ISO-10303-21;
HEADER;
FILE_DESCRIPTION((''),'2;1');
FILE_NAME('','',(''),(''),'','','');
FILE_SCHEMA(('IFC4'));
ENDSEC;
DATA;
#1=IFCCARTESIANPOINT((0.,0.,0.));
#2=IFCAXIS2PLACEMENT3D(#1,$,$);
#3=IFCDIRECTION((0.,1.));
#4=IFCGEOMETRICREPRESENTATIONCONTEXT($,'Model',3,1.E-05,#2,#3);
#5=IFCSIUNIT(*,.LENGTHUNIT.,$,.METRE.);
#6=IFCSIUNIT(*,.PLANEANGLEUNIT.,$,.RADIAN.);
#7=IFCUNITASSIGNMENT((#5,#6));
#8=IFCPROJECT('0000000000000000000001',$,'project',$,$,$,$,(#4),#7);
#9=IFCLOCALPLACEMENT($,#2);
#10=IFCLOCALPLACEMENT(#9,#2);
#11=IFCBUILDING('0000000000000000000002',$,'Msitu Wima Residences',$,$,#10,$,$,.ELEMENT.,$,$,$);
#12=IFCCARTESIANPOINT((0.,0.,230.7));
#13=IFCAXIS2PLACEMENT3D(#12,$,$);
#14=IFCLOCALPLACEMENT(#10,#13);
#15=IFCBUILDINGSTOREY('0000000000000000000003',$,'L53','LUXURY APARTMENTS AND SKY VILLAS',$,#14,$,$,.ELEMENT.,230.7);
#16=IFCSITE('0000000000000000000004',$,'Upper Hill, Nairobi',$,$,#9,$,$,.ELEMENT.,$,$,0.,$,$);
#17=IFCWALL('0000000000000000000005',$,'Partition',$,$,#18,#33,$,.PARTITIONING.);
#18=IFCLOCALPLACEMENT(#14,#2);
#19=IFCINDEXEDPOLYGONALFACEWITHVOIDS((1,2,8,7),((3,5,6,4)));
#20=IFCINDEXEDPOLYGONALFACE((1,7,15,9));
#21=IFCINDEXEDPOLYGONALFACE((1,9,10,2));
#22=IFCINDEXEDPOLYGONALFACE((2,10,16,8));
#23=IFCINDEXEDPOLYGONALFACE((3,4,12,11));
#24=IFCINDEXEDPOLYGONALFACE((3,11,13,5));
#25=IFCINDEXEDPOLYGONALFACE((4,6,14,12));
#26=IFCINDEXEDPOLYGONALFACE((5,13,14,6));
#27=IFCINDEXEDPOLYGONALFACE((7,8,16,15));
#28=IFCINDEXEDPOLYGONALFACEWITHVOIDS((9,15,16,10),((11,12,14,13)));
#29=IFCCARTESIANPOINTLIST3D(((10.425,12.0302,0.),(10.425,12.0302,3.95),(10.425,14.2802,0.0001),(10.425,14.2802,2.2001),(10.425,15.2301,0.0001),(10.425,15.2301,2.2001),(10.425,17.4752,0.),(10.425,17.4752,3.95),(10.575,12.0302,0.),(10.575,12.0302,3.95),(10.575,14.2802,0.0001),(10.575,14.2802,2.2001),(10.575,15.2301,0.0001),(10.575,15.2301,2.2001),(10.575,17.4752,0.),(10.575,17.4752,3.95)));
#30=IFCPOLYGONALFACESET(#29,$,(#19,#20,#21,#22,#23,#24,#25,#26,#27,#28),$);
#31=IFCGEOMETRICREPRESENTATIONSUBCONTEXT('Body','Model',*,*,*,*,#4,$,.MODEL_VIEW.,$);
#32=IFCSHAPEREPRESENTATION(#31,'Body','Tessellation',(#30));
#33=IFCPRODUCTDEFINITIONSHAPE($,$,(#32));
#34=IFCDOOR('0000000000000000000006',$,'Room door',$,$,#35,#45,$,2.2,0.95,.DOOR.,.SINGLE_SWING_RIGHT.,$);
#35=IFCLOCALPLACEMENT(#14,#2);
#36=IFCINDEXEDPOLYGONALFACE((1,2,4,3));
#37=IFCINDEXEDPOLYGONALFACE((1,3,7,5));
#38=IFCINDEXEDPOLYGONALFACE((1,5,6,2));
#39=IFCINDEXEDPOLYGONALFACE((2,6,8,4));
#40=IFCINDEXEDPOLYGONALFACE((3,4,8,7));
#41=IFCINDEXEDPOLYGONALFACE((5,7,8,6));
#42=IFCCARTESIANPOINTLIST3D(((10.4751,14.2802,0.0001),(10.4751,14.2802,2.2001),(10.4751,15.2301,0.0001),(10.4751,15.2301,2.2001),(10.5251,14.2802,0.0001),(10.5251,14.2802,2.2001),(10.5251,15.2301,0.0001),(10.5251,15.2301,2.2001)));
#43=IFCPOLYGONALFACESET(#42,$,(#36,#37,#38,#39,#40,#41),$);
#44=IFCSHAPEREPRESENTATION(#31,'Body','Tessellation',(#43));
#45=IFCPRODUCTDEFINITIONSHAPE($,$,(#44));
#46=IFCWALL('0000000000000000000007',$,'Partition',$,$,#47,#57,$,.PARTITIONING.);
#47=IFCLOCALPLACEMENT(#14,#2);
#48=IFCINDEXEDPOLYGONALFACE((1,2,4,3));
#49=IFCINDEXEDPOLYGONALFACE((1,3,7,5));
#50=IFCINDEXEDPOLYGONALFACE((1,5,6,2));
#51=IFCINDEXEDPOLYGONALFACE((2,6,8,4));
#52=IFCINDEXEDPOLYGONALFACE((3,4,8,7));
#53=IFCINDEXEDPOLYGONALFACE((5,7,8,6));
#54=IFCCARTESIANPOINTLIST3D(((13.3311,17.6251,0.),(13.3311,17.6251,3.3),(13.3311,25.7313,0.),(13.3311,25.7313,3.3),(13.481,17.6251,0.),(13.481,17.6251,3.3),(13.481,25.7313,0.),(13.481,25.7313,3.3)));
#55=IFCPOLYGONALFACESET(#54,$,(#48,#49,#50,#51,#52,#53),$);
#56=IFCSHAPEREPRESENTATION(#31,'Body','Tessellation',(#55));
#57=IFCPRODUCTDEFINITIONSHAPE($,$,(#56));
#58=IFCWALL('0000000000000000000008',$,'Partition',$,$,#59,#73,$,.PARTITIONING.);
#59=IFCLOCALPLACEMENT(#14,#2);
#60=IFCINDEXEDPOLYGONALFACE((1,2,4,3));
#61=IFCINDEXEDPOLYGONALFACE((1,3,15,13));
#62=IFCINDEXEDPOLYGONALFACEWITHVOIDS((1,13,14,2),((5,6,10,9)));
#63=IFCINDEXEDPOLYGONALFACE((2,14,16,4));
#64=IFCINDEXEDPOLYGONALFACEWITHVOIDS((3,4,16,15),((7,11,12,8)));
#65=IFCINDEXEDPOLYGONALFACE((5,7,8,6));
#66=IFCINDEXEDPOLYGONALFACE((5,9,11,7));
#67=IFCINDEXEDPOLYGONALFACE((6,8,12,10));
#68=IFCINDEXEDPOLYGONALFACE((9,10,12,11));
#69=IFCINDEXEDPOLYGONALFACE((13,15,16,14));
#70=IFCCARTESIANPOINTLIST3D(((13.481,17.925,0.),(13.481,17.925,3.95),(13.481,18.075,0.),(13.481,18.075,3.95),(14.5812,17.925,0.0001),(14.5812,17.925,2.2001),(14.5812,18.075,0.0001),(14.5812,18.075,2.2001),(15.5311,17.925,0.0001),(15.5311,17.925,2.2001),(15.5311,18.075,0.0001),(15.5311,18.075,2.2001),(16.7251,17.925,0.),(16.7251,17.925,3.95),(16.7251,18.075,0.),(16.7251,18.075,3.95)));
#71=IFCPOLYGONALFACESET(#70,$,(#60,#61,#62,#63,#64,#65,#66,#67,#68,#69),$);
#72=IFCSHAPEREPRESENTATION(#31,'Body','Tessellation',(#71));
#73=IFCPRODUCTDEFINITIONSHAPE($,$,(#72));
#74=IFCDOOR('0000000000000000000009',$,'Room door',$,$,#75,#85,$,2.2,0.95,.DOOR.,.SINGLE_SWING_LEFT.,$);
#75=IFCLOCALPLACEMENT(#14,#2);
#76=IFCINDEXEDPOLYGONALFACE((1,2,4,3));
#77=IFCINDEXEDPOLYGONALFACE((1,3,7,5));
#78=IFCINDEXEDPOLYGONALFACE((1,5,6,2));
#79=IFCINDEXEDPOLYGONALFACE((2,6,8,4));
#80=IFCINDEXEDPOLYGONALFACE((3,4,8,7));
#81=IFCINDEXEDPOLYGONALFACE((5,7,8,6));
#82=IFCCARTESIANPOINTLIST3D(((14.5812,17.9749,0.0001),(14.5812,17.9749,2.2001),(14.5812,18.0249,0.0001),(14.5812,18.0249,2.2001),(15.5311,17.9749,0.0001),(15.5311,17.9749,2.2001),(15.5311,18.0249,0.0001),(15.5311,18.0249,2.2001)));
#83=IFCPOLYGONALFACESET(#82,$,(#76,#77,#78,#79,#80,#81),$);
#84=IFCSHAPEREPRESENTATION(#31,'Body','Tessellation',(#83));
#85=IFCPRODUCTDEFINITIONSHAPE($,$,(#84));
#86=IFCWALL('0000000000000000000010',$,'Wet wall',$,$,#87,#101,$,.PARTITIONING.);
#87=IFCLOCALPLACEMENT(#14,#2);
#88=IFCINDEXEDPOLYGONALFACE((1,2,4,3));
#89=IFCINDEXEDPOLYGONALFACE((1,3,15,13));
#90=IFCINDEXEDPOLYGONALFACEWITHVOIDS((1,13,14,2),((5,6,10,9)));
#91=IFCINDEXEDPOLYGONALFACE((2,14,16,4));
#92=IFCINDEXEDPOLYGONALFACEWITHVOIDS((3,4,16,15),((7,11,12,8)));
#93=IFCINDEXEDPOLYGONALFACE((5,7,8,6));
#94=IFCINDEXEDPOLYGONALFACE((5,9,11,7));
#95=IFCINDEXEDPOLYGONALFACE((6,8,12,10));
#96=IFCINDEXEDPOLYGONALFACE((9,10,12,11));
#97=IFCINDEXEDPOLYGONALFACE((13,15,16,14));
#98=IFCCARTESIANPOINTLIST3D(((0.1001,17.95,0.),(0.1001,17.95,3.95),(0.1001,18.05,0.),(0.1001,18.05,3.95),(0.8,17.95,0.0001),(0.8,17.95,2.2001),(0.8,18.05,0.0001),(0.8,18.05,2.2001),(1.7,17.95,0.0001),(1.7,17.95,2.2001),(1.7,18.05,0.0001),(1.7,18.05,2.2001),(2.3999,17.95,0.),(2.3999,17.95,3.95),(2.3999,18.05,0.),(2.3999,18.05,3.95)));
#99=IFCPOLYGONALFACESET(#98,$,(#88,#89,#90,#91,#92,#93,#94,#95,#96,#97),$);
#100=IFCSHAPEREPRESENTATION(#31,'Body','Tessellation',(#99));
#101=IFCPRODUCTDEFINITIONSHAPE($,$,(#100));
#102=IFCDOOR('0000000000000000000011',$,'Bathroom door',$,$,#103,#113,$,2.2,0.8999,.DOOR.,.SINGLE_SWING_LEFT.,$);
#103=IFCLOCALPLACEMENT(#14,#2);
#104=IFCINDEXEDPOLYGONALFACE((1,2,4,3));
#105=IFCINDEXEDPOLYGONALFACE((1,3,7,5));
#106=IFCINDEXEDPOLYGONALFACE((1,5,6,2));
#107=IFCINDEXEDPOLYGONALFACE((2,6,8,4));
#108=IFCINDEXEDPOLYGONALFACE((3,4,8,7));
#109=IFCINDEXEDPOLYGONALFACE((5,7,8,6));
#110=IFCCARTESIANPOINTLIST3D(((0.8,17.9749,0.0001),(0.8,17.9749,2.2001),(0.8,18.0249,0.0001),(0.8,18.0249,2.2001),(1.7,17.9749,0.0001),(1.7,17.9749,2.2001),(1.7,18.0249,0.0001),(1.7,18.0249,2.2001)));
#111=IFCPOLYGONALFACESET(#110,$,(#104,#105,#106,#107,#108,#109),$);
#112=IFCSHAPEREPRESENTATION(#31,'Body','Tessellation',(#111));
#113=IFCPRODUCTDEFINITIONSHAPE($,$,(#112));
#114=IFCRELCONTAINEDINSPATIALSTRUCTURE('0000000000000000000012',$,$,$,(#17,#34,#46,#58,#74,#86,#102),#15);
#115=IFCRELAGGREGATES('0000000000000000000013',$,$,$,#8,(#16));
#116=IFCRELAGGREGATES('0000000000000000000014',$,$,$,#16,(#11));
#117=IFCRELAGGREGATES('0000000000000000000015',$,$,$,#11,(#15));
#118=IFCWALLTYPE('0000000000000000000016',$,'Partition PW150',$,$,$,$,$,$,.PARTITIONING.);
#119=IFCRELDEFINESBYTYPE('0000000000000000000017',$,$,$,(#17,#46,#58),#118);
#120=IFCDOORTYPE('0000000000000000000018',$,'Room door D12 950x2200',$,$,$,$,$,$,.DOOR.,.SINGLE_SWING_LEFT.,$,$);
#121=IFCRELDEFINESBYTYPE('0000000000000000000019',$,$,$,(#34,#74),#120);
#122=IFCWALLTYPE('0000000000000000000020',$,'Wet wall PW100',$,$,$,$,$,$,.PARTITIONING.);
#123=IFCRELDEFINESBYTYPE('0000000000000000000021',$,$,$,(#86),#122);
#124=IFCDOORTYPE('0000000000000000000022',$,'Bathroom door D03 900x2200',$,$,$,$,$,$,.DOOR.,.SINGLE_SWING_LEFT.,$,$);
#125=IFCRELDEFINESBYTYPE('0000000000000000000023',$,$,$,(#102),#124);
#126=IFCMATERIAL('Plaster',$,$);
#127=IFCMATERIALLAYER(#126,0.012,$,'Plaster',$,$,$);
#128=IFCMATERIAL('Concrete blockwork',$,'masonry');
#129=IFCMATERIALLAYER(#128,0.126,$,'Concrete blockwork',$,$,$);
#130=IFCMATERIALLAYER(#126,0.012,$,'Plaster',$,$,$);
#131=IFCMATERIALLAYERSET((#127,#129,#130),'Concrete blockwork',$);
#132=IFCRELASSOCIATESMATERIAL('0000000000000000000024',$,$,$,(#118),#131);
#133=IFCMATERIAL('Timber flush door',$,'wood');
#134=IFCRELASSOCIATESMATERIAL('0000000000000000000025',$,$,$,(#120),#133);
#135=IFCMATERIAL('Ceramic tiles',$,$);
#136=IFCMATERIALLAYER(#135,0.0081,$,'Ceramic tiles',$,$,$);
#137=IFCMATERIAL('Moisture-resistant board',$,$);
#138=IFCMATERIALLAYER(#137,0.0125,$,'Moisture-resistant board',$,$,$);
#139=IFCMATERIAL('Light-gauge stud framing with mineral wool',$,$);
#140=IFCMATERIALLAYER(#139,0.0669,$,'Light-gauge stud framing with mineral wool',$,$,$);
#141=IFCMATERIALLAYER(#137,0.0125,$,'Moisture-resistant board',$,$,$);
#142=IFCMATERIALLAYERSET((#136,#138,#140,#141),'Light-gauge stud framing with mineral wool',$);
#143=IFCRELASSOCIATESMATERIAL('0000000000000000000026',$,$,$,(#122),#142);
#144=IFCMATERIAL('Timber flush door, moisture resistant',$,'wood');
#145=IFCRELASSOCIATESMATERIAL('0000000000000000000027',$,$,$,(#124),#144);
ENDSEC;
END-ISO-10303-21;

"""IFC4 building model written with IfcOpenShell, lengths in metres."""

from ifc_helpers import new_model, si_unit, direction, frame, frame_2d, origin, place, context, subcontext, project, spatial, rectangle, extrude, material, layer, layer_set, type_object, element, fill, save


model = new_model("IFC4")

# Units and contexts
model_context = context("Model", 3, precision=1e-05, world=origin(), true_north=direction((0.0, 1.0)))
body_context = subcontext(model_context, "Body", "Model", "MODEL_VIEW")
ifc_project = project(units=[si_unit("LENGTHUNIT", "METRE"), si_unit("PLANEANGLEUNIT", "RADIAN")], contexts=[model_context])

# Site, building, storey
site_placement = place(None, origin())
site = spatial("IfcSite", under=ifc_project, at=site_placement, Name="Upper Hill, Nairobi", CompositionType="ELEMENT", RefElevation=0.0)
building_placement = place(site_placement, origin())
building = spatial("IfcBuilding", under=site, at=building_placement, Name="Msitu Wima Residences", CompositionType="ELEMENT")
storey_placement = place(building_placement, frame((0.0, 0.0, 230.7)))
storey = spatial("IfcBuildingStorey", under=building, at=storey_placement, Name="L53", Description="LUXURY APARTMENTS AND SKY VILLAS", CompositionType="ELEMENT", Elevation=230.7)

# Shared definitions
ifc_material_1 = material(Name="Plaster")
ifc_layer_1 = layer(ifc_material_1, 0.012, Name="Plaster")
ifc_material_2 = material(Name="Concrete blockwork", Category="masonry")
ifc_layer_2 = layer(ifc_material_2, 0.126, Name="Concrete blockwork")
ifc_layer_3 = layer(ifc_material_1, 0.012, Name="Plaster")
ifc_layer_set_1 = layer_set([ifc_layer_1, ifc_layer_2, ifc_layer_3], Name="Concrete blockwork")
wall_type_1 = type_object("IfcWallType", Name="Partition PW150", PredefinedType="PARTITIONING", material=ifc_layer_set_1)
ifc_material_3 = material(Name="Timber flush door", Category="wood")
door_type_1 = type_object("IfcDoorType", Name="Room door D12 950x2200", OperationType="SINGLE_SWING_LEFT", PredefinedType="DOOR", material=ifc_material_3)

# Wall, opening, door
wall_1_placement = place(storey_placement, frame((10.5, 12.03, 0.0), z_axis=(0.0, 0.0, 1.0), x_axis=(0.0, 1.0, 0.0)))
wall_1 = element("IfcWall", 1, at=wall_1_placement, inside=storey, type_object=wall_type_1, Name="Partition", PredefinedType="PARTITIONING", context=body_context, shape_type="SweptSolid", body=[
    extrude(rectangle(XDim=5.4451, YDim=0.1499, at=frame_2d((2.7227, 0.0))), origin(), (0.0, 0.0, 1.0), 3.95),
])
opening_1_placement = place(wall_1_placement, frame((2.25, 0.0, 0.0)))
opening_1 = element("IfcOpeningElement", 2, at=opening_1_placement, cuts=wall_1, PredefinedType="OPENING", context=body_context, shape_type="SweptSolid", body=[
    extrude(rectangle(XDim=0.95, YDim=2.2, at=frame_2d((0.4751, 1.1001))), frame((0.0, 0.085, 0.0), z_axis=(0.0, -1.0, 0.0), x_axis=(1.0, 0.0, 0.0)), (0.0, 0.0, 1.0), 0.1699),
])
door_1_placement = place(opening_1_placement, origin())
door_1 = element("IfcDoor", 3, at=door_1_placement, inside=storey, type_object=door_type_1, Name="Room door", OperationType="SINGLE_SWING_RIGHT", OverallHeight=2.2, OverallWidth=0.95, PredefinedType="DOOR", context=body_context, shape_type="SweptSolid", body=[
    extrude(rectangle(XDim=0.95, YDim=2.2, at=frame_2d((0.4751, 1.1001))), frame((0.0, 0.0249, 0.0), z_axis=(0.0, -1.0, 0.0), x_axis=(1.0, 0.0, 0.0)), (0.0, 0.0, 1.0), 0.05),
])
fill(opening_1, door_1)

# Wall
wall_2_placement = place(storey_placement, frame((13.406, 17.625, 0.0), z_axis=(0.0, 0.0, 1.0), x_axis=(0.0, 1.0, 0.0)))
element("IfcWall", 4, at=wall_2_placement, inside=storey, type_object=wall_type_1, Name="Partition", PredefinedType="PARTITIONING", context=body_context, shape_type="SweptSolid", body=[
    extrude(rectangle(XDim=8.1062, YDim=0.1499, at=frame_2d((4.0532, 0.0))), origin(), (0.0, 0.0, 1.0), 3.3),
])

# Walls, openings, doors
wall_3_placement = place(storey_placement, frame((13.481, 18.0, 0.0), z_axis=(0.0, 0.0, 1.0), x_axis=(1.0, 0.0, 0.0)))
wall_3 = element("IfcWall", 5, at=wall_3_placement, inside=storey, type_object=wall_type_1, Name="Partition", PredefinedType="PARTITIONING", context=body_context, shape_type="SweptSolid", body=[
    extrude(rectangle(XDim=3.2441, YDim=0.1499, at=frame_2d((1.6221, 0.0))), origin(), (0.0, 0.0, 1.0), 3.95),
])
opening_2_placement = place(wall_3_placement, frame((1.1001, 0.0, 0.0)))
opening_2 = element("IfcOpeningElement", 6, at=opening_2_placement, cuts=wall_3, PredefinedType="OPENING", context=body_context, shape_type="SweptSolid", body=[
    extrude(rectangle(XDim=0.95, YDim=2.2, at=frame_2d((0.4751, 1.1001))), frame((0.0, 0.085, 0.0), z_axis=(0.0, -1.0, 0.0), x_axis=(1.0, 0.0, 0.0)), (0.0, 0.0, 1.0), 0.1699),
])
door_2_placement = place(opening_2_placement, origin())
door_2 = element("IfcDoor", 7, at=door_2_placement, inside=storey, type_object=door_type_1, Name="Room door", OperationType="SINGLE_SWING_LEFT", OverallHeight=2.2, OverallWidth=0.95, PredefinedType="DOOR", context=body_context, shape_type="SweptSolid", body=[
    extrude(rectangle(XDim=0.95, YDim=2.2, at=frame_2d((0.4751, 1.1001))), frame((0.0, 0.0249, 0.0), z_axis=(0.0, -1.0, 0.0), x_axis=(1.0, 0.0, 0.0)), (0.0, 0.0, 1.0), 0.05),
])
fill(opening_2, door_2)
ifc_material_4 = material(Name="Ceramic tiles")
ifc_layer_4 = layer(ifc_material_4, 0.0081, Name="Ceramic tiles")
ifc_material_5 = material(Name="Moisture-resistant board")
ifc_layer_5 = layer(ifc_material_5, 0.0125, Name="Moisture-resistant board")
ifc_material_6 = material(Name="Light-gauge stud framing with mineral wool")
ifc_layer_6 = layer(ifc_material_6, 0.0669, Name="Light-gauge stud framing with mineral wool")
ifc_layer_7 = layer(ifc_material_5, 0.0125, Name="Moisture-resistant board")
ifc_layer_set_2 = layer_set([ifc_layer_4, ifc_layer_5, ifc_layer_6, ifc_layer_7], Name="Light-gauge stud framing with mineral wool")
wall_type_2 = type_object("IfcWallType", Name="Wet wall PW100", PredefinedType="PARTITIONING", material=ifc_layer_set_2)
wall_4_placement = place(storey_placement, frame((0.1001, 18.0, 0.0), z_axis=(0.0, 0.0, 1.0), x_axis=(1.0, 0.0, 0.0)))
wall_4 = element("IfcWall", 8, at=wall_4_placement, inside=storey, type_object=wall_type_2, Name="Wet wall", PredefinedType="PARTITIONING", context=body_context, shape_type="SweptSolid", body=[
    extrude(rectangle(XDim=2.2998, YDim=0.1001, at=frame_2d((1.1499, 0.0))), origin(), (0.0, 0.0, 1.0), 3.95),
])
opening_3_placement = place(wall_4_placement, frame((0.7, 0.0, 0.0)))
opening_3 = element("IfcOpeningElement", 9, at=opening_3_placement, cuts=wall_4, PredefinedType="OPENING", context=body_context, shape_type="SweptSolid", body=[
    extrude(rectangle(XDim=0.8999, YDim=2.2, at=frame_2d((0.45, 1.1001))), frame((0.0, 0.0601, 0.0), z_axis=(0.0, -1.0, 0.0), x_axis=(1.0, 0.0, 0.0)), (0.0, 0.0, 1.0), 0.1201),
])
ifc_material_7 = material(Name="Timber flush door, moisture resistant", Category="wood")
door_type_2 = type_object("IfcDoorType", Name="Bathroom door D03 900x2200", OperationType="SINGLE_SWING_LEFT", PredefinedType="DOOR", material=ifc_material_7)
door_3_placement = place(opening_3_placement, origin())
door_3 = element("IfcDoor", 10, at=door_3_placement, inside=storey, type_object=door_type_2, Name="Bathroom door", OperationType="SINGLE_SWING_LEFT", OverallHeight=2.2, OverallWidth=0.8999, PredefinedType="DOOR", context=body_context, shape_type="SweptSolid", body=[
    extrude(rectangle(XDim=0.8999, YDim=2.2, at=frame_2d((0.45, 1.1001))), frame((0.0, 0.0249, 0.0), z_axis=(0.0, -1.0, 0.0), x_axis=(1.0, 0.0, 0.0)), (0.0, 0.0, 1.0), 0.05),
])
fill(opening_3, door_3)

save(model, "model.ifc")
